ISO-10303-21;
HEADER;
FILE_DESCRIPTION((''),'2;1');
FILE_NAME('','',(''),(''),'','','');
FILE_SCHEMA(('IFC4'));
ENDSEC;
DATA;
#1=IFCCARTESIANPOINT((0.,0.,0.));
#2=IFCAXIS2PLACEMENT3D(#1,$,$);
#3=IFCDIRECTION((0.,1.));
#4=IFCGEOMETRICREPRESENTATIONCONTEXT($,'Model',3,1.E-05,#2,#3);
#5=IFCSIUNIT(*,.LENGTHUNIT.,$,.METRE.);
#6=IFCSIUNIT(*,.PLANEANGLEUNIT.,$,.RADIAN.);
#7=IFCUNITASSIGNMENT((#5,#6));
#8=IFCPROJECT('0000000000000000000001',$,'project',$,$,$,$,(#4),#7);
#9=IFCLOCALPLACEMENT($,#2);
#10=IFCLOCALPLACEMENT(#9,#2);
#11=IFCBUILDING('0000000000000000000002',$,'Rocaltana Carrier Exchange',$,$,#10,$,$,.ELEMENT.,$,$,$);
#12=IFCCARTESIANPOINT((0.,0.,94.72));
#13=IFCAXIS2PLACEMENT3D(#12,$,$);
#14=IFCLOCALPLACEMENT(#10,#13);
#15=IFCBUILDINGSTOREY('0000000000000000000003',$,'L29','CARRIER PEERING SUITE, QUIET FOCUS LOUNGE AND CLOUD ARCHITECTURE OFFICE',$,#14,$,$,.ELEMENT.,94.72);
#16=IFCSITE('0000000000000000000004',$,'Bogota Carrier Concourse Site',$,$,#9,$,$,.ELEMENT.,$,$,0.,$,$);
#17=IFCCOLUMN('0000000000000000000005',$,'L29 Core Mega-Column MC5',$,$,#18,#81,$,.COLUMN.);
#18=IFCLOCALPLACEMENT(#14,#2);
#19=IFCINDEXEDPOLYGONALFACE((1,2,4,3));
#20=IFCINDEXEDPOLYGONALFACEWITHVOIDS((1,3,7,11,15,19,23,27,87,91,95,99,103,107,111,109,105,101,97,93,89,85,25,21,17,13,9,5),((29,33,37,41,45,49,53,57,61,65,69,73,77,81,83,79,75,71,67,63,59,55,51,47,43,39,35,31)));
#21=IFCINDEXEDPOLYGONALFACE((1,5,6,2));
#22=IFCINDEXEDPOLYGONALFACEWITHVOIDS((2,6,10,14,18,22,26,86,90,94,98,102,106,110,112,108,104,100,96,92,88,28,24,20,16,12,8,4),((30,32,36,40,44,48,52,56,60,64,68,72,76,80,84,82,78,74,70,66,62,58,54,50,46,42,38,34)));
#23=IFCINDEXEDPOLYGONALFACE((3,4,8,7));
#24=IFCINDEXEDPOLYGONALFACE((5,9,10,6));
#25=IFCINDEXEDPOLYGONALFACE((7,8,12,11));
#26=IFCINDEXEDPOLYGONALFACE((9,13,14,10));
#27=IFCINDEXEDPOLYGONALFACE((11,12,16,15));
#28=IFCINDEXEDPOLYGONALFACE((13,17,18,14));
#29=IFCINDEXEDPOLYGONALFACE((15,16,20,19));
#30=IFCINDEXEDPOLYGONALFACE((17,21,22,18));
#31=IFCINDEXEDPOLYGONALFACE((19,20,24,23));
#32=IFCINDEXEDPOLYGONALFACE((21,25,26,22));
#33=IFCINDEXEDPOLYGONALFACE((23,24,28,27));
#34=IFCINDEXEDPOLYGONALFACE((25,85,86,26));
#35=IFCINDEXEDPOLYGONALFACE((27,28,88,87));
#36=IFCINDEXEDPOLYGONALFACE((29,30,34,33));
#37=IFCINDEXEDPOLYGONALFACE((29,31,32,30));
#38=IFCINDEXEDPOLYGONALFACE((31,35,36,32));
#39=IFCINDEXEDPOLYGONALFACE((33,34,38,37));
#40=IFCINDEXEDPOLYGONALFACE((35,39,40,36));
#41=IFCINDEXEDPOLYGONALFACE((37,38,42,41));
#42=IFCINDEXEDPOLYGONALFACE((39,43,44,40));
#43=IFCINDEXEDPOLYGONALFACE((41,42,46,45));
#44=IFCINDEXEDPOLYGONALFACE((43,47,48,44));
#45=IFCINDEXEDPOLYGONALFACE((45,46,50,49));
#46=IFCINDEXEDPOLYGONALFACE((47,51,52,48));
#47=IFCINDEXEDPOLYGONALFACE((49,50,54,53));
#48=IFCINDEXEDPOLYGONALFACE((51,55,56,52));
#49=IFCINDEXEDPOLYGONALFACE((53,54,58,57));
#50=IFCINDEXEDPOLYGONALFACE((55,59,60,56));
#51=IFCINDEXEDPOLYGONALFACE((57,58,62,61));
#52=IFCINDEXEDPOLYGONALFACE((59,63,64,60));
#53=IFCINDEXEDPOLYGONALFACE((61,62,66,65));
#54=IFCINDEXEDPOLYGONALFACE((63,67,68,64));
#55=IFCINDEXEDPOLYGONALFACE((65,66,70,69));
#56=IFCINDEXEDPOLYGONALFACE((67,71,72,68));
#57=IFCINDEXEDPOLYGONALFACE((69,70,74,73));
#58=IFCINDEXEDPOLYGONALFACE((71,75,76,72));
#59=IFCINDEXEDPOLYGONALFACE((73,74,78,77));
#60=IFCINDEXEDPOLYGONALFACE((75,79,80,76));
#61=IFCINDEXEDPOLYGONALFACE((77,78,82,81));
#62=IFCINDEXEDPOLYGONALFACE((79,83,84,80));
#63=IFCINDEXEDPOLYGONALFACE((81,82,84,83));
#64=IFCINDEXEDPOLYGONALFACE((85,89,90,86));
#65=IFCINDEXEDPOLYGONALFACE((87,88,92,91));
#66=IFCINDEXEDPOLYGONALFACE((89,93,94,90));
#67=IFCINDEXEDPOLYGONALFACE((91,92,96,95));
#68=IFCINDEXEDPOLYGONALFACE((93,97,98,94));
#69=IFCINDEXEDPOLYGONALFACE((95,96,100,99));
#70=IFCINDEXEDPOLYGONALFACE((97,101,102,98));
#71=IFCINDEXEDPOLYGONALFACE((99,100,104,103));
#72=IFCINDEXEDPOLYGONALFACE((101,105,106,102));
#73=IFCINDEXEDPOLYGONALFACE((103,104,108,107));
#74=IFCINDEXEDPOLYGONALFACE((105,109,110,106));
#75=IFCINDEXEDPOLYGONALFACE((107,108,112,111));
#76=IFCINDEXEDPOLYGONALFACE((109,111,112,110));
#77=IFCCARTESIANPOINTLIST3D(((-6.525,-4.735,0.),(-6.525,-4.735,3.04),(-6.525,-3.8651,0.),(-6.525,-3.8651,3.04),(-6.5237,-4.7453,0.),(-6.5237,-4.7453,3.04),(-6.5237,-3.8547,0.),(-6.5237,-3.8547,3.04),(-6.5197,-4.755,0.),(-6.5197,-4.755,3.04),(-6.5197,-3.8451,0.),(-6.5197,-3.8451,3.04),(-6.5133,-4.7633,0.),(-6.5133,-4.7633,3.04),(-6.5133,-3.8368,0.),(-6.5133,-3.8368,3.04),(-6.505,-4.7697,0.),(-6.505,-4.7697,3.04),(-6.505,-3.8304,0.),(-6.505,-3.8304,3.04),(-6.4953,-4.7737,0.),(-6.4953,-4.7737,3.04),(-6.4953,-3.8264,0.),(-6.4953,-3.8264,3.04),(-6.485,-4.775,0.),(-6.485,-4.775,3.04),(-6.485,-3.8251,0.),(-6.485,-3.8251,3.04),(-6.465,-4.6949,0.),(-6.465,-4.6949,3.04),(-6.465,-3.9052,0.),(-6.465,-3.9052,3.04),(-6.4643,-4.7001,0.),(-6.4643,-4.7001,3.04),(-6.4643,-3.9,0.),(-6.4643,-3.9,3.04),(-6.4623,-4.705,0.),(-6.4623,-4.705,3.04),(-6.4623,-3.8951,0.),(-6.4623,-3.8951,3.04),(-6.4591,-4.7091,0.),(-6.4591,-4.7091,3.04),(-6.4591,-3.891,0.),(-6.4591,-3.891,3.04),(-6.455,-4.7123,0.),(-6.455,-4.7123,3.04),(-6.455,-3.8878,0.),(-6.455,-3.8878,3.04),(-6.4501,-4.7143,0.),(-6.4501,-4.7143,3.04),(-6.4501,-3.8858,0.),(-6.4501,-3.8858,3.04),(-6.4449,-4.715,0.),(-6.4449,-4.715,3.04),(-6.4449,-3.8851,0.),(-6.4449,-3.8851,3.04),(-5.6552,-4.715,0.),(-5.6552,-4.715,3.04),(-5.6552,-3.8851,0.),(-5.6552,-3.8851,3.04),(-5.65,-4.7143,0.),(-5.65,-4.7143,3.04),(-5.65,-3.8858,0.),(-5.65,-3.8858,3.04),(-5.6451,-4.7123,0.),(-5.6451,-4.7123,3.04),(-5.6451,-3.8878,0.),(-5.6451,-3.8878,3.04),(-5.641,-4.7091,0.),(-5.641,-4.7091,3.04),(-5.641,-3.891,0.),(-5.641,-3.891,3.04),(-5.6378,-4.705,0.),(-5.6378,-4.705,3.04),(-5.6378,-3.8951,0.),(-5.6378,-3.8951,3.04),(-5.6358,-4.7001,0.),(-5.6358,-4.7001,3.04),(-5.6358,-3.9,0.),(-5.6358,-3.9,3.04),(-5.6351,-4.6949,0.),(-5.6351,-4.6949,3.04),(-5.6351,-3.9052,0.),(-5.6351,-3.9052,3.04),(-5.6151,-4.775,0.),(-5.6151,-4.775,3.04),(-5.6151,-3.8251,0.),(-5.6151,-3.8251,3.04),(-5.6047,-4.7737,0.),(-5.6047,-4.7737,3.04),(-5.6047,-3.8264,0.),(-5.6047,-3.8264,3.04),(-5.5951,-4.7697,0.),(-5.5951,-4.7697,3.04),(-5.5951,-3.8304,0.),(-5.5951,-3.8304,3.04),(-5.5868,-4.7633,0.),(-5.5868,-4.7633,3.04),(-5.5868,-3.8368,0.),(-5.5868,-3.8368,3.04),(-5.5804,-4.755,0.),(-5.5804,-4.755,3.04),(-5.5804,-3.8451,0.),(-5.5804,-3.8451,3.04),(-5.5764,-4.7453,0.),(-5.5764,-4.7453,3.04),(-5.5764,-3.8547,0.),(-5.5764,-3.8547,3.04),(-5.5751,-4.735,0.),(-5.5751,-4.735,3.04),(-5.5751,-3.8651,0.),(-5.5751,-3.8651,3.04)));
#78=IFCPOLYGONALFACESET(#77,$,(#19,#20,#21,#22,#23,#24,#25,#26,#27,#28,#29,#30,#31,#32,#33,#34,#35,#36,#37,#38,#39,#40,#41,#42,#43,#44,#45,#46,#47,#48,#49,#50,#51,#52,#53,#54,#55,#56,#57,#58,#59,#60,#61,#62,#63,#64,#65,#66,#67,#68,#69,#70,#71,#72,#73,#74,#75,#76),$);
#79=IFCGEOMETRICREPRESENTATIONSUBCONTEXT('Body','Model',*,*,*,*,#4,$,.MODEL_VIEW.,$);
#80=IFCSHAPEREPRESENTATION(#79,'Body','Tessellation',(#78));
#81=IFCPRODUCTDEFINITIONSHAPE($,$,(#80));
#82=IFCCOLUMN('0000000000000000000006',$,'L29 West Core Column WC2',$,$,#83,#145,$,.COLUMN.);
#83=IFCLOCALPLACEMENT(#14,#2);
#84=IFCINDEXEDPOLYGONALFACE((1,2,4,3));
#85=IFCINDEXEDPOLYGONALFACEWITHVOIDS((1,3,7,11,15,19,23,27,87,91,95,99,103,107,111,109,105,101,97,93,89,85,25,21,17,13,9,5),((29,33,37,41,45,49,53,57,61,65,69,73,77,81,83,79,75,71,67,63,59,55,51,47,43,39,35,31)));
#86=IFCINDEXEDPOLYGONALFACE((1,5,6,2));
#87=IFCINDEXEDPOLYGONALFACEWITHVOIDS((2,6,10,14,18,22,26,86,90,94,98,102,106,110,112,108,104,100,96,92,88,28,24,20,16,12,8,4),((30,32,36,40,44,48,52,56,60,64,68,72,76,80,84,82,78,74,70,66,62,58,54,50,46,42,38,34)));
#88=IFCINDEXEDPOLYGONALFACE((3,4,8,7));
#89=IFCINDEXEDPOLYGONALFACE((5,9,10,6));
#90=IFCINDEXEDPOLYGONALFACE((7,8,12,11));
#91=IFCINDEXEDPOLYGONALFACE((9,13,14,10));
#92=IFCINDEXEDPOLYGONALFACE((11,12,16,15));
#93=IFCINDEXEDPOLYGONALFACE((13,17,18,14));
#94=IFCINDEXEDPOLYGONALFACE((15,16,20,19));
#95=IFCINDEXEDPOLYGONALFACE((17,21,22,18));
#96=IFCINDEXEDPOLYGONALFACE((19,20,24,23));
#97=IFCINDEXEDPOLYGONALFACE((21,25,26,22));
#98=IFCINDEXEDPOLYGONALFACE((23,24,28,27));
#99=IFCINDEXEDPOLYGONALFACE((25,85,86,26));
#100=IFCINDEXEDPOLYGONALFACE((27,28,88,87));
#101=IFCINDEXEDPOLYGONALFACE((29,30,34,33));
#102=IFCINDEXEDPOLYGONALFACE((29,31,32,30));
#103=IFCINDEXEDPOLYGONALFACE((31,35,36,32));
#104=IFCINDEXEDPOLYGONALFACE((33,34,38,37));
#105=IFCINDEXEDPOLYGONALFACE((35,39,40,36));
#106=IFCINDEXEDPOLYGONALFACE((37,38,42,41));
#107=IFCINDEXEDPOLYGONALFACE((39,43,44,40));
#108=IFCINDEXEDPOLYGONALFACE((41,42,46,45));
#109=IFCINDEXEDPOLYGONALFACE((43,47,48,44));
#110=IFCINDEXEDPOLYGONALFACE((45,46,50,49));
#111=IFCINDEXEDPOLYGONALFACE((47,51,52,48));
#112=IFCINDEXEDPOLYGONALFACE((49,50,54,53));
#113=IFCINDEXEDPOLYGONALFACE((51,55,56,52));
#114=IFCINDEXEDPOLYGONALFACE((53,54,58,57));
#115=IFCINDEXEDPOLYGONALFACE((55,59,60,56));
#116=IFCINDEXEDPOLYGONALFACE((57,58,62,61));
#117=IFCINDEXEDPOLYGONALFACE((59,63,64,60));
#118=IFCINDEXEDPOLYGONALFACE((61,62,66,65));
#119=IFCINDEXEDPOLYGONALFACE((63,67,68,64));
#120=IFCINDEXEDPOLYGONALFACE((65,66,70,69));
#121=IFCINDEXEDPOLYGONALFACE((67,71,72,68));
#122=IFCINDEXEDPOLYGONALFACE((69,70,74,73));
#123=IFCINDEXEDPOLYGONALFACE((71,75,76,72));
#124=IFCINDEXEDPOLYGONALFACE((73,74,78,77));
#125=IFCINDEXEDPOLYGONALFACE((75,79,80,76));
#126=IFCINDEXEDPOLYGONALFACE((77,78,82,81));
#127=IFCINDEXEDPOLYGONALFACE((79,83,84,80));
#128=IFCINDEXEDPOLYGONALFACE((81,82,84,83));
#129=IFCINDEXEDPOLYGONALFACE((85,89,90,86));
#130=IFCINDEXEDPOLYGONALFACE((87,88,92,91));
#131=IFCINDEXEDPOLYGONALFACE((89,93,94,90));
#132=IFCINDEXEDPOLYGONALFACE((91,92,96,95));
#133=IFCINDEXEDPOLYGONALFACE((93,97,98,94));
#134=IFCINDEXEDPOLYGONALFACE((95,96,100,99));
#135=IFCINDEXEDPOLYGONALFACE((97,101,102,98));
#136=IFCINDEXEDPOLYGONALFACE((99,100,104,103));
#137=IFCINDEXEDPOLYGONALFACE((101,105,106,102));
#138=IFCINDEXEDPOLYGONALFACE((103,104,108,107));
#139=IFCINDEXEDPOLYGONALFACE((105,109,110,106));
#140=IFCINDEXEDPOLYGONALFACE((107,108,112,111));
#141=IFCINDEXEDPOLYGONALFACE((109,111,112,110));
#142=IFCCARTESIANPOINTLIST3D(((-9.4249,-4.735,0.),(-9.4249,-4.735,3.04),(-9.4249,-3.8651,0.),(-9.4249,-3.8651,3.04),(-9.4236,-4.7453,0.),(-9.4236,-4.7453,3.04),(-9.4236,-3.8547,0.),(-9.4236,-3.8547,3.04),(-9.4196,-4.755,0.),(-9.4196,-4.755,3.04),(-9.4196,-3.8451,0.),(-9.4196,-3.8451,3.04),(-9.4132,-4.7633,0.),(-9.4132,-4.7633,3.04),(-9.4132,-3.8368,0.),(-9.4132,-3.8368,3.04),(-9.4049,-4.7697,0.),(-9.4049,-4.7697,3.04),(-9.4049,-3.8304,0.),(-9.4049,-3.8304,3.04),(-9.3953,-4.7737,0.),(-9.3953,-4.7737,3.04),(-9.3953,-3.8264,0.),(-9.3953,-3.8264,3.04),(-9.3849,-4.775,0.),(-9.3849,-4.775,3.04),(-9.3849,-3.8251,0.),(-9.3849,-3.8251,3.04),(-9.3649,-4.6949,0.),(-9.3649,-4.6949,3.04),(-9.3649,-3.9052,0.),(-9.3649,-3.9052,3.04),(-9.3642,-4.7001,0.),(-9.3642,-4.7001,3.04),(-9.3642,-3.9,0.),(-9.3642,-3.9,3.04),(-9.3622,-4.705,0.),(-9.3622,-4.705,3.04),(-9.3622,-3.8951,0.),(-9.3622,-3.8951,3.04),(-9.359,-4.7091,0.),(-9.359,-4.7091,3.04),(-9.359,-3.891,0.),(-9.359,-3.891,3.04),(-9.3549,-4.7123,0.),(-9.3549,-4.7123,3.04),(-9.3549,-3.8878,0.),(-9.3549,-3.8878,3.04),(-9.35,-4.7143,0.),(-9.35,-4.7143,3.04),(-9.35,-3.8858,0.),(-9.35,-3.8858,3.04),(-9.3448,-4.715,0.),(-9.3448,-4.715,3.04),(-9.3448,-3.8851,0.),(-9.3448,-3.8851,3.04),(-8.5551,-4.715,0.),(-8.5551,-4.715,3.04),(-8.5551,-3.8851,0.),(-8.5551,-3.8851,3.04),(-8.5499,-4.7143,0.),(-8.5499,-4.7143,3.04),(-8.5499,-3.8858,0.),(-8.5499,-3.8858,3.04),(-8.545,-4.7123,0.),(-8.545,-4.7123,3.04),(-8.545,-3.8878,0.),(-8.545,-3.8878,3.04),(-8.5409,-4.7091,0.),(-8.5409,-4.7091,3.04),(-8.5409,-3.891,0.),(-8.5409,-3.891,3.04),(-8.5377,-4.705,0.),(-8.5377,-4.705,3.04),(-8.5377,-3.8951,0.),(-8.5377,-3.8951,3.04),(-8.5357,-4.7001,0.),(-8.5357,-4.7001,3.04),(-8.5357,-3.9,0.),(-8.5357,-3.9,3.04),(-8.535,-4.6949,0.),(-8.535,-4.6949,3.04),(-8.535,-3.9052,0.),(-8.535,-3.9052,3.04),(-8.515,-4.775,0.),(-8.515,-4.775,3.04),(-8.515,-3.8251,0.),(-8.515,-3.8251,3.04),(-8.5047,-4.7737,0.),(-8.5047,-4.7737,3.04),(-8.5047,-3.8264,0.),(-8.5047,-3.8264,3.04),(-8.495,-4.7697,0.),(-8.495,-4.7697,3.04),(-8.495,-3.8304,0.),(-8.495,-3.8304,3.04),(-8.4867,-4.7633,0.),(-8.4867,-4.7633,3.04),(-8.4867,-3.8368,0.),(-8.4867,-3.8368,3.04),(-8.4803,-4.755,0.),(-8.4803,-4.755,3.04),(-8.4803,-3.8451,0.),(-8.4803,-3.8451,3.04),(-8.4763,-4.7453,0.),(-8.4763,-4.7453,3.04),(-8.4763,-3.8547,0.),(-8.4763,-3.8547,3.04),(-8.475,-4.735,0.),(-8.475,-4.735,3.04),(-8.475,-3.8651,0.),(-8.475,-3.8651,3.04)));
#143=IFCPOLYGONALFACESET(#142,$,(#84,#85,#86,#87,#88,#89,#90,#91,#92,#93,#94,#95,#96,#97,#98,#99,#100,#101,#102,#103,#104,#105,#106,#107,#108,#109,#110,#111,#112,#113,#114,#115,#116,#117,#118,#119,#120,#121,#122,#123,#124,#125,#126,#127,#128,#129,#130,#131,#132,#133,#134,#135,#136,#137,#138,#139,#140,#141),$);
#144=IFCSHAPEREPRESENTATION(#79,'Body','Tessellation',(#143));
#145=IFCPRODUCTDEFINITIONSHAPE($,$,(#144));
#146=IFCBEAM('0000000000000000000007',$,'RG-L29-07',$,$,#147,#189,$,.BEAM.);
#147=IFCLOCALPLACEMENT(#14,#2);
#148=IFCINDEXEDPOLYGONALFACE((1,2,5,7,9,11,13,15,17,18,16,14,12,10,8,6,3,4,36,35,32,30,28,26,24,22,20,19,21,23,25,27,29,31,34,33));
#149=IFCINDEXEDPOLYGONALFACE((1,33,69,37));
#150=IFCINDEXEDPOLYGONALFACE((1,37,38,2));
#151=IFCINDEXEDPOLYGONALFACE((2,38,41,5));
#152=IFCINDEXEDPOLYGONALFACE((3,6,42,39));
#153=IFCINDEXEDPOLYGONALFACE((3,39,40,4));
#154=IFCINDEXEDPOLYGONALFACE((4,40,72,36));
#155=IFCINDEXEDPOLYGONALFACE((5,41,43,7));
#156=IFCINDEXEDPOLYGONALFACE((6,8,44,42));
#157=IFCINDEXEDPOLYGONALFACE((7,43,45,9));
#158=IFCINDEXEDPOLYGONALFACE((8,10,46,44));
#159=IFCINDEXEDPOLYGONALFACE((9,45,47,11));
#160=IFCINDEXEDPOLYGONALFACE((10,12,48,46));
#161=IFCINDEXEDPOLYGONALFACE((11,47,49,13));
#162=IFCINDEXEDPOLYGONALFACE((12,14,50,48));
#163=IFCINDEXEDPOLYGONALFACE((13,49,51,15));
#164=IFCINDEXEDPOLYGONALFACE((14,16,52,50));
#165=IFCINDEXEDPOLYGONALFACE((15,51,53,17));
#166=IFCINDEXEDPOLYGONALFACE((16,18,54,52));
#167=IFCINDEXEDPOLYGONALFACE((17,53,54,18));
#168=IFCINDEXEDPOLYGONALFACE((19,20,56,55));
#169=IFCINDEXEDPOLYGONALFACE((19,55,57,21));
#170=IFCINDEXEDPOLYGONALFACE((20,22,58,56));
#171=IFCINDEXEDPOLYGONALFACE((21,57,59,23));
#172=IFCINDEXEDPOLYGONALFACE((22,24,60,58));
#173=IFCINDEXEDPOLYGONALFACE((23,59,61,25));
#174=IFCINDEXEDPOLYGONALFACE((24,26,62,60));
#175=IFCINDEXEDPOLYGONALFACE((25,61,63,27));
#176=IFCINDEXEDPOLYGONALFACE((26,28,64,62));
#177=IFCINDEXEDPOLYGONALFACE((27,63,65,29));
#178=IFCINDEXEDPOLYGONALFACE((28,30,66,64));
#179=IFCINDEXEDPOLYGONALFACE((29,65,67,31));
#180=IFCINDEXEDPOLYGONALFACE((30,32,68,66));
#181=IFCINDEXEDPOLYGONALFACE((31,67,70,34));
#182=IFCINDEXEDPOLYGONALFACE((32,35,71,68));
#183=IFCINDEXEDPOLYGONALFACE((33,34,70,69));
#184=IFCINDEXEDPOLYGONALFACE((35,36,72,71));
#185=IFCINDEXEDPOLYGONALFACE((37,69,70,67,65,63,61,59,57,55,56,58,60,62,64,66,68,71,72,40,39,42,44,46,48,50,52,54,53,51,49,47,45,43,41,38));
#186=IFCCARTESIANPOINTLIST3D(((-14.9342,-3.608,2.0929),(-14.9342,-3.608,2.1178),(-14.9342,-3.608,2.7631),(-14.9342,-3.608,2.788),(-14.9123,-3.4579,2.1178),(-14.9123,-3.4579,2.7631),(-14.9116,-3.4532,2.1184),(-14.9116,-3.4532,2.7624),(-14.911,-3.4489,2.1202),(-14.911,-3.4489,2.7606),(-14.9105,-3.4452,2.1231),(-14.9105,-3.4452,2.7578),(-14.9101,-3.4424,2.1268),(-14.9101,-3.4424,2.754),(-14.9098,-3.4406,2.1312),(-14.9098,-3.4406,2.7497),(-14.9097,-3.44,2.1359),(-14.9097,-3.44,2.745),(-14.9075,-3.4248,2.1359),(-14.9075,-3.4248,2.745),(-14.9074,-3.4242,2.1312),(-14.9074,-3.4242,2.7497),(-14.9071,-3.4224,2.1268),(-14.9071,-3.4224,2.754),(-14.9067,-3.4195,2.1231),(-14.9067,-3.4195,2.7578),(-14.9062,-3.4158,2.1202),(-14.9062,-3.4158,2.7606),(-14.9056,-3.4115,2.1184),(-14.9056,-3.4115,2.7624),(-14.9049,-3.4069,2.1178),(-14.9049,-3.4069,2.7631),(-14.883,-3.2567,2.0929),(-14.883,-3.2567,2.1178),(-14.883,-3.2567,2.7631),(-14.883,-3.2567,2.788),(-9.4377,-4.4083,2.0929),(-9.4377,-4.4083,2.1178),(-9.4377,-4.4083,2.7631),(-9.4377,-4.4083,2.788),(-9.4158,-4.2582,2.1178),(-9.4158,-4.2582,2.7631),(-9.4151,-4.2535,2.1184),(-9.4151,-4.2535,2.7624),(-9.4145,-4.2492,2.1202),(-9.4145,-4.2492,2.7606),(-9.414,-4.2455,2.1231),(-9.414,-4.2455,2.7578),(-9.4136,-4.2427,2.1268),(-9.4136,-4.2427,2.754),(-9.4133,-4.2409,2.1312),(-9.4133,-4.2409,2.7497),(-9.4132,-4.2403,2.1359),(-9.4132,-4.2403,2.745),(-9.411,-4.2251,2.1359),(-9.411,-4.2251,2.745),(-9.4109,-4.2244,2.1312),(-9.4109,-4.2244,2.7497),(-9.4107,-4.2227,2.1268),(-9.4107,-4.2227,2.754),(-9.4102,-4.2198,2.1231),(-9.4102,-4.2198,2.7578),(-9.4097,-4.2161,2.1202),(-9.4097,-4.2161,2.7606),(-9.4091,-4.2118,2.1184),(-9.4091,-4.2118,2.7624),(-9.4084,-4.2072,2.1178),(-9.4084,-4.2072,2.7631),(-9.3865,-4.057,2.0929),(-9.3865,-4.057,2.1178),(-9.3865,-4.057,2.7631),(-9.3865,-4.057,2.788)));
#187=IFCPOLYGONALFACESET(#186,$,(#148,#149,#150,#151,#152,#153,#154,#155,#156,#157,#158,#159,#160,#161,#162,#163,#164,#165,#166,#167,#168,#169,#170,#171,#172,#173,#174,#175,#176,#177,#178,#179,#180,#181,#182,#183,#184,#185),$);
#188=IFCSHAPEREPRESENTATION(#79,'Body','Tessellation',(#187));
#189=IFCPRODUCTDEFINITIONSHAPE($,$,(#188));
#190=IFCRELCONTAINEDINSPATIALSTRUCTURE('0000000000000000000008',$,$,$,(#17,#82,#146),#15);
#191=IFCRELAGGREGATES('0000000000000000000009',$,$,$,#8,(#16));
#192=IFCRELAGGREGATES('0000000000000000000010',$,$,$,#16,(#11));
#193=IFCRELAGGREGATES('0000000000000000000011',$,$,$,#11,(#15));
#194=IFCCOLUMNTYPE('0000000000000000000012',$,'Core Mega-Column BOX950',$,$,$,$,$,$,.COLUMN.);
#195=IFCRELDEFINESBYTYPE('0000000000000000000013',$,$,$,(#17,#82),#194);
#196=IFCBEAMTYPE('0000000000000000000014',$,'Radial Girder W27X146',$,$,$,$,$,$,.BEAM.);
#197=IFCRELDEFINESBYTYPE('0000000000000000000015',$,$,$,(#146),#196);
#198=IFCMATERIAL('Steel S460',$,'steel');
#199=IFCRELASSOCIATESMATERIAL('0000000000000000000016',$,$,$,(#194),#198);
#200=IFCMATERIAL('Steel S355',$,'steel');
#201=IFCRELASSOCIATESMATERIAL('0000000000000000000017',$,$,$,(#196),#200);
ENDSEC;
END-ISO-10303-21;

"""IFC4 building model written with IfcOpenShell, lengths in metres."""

from ifc_helpers import new_model, si_unit, direction, frame, origin, origin_2d, place, context, subcontext, project, spatial, hollow_rectangle, i_section, extrude, material, material_profile, profile_set, type_object, element, save


model = new_model("IFC4")

# Units and contexts
model_context = context("Model", 3, precision=1e-05, world=origin(), true_north=direction((0.0, 1.0)))
body_context = subcontext(model_context, "Body", "Model", "MODEL_VIEW")
ifc_project = project(units=[si_unit("LENGTHUNIT", "METRE"), si_unit("PLANEANGLEUNIT", "RADIAN")], contexts=[model_context])

# Site, building, storey
site_placement = place(None, origin())
site = spatial("IfcSite", under=ifc_project, at=site_placement, Name="Bogota Carrier Concourse Site", CompositionType="ELEMENT", RefElevation=0.0)
building_placement = place(site_placement, origin())
building = spatial("IfcBuilding", under=site, at=building_placement, Name="Rocaltana Carrier Exchange", CompositionType="ELEMENT")
storey_placement = place(building_placement, frame((0.0, 0.0, 94.72)))
storey = spatial("IfcBuildingStorey", under=building, at=storey_placement, Name="L29", Description="CARRIER PEERING SUITE, QUIET FOCUS LOUNGE AND CLOUD ARCHITECTURE OFFICE", CompositionType="ELEMENT", Elevation=94.72)

# Columns
ifc_material_1 = material(Name="Steel S460", Category="steel")
ifc_material_profile_1 = material_profile(ifc_material_1, hollow_rectangle(XDim=0.95, YDim=0.95, WallThickness=0.0601, InnerFilletRadius=0.02, OuterFilletRadius=0.04, at=origin_2d()), Name="BOX950X950X60")
ifc_profile_set_1 = profile_set([ifc_material_profile_1], Name="Steel S460")
column_type = type_object("IfcColumnType", Name="Core Mega-Column BOX950", PredefinedType="COLUMN", material=ifc_profile_set_1)
for number, where, z_axis, x_axis, name in (
    (1, (-6.05, -4.3, 0.0), (0.0, 0.0, 1.0), (1.0, 0.0, 0.0), "L29 Core Mega-Column MC5"),
    (2, (-8.95, -4.3, 0.0), (0.0, 0.0, 1.0), (1.0, 0.0, 0.0), "L29 West Core Column WC2"),
):
    element("IfcColumn", number, at=place(storey_placement, frame(where, z_axis=z_axis, x_axis=x_axis)), inside=storey, type_object=column_type, Name=name, PredefinedType="COLUMN", context=body_context, shape_type="SweptSolid", body=[
        extrude(hollow_rectangle(XDim=0.95, YDim=0.95, WallThickness=0.0601, InnerFilletRadius=0.02, OuterFilletRadius=0.04, at=origin_2d()), origin(), (0.0, 0.0, 1.0), 3.04),
    ])

# Beam
ifc_material_2 = material(Name="Steel S355", Category="steel")
ifc_material_profile_2 = material_profile(ifc_material_2, i_section(OverallWidth=0.355, OverallDepth=0.6951, WebThickness=0.0154, FlangeThickness=0.0249, FilletRadius=0.0181, at=origin_2d()), Name="W27X146")
ifc_profile_set_2 = profile_set([ifc_material_profile_2], Name="Steel S355")
beam_type = type_object("IfcBeamType", Name="Radial Girder W27X146", PredefinedType="BEAM", material=ifc_profile_set_2)
beam_1_placement = place(storey_placement, frame((-9.4121, -4.2327, 2.4404), z_axis=(-0.989566, 0.144079, 0.0), x_axis=(-0.144079, -0.989566, 0.0)))
element("IfcBeam", 3, at=beam_1_placement, inside=storey, type_object=beam_type, Name="RG-L29-07", PredefinedType="BEAM", context=body_context, shape_type="SweptSolid", body=[
    extrude(i_section(OverallWidth=0.355, OverallDepth=0.6951, WebThickness=0.0154, FlangeThickness=0.0249, FilletRadius=0.0181, at=origin_2d()), origin(), (0.0, 0.0, 1.0), 5.5544),
])

save(model, "model.ifc")
